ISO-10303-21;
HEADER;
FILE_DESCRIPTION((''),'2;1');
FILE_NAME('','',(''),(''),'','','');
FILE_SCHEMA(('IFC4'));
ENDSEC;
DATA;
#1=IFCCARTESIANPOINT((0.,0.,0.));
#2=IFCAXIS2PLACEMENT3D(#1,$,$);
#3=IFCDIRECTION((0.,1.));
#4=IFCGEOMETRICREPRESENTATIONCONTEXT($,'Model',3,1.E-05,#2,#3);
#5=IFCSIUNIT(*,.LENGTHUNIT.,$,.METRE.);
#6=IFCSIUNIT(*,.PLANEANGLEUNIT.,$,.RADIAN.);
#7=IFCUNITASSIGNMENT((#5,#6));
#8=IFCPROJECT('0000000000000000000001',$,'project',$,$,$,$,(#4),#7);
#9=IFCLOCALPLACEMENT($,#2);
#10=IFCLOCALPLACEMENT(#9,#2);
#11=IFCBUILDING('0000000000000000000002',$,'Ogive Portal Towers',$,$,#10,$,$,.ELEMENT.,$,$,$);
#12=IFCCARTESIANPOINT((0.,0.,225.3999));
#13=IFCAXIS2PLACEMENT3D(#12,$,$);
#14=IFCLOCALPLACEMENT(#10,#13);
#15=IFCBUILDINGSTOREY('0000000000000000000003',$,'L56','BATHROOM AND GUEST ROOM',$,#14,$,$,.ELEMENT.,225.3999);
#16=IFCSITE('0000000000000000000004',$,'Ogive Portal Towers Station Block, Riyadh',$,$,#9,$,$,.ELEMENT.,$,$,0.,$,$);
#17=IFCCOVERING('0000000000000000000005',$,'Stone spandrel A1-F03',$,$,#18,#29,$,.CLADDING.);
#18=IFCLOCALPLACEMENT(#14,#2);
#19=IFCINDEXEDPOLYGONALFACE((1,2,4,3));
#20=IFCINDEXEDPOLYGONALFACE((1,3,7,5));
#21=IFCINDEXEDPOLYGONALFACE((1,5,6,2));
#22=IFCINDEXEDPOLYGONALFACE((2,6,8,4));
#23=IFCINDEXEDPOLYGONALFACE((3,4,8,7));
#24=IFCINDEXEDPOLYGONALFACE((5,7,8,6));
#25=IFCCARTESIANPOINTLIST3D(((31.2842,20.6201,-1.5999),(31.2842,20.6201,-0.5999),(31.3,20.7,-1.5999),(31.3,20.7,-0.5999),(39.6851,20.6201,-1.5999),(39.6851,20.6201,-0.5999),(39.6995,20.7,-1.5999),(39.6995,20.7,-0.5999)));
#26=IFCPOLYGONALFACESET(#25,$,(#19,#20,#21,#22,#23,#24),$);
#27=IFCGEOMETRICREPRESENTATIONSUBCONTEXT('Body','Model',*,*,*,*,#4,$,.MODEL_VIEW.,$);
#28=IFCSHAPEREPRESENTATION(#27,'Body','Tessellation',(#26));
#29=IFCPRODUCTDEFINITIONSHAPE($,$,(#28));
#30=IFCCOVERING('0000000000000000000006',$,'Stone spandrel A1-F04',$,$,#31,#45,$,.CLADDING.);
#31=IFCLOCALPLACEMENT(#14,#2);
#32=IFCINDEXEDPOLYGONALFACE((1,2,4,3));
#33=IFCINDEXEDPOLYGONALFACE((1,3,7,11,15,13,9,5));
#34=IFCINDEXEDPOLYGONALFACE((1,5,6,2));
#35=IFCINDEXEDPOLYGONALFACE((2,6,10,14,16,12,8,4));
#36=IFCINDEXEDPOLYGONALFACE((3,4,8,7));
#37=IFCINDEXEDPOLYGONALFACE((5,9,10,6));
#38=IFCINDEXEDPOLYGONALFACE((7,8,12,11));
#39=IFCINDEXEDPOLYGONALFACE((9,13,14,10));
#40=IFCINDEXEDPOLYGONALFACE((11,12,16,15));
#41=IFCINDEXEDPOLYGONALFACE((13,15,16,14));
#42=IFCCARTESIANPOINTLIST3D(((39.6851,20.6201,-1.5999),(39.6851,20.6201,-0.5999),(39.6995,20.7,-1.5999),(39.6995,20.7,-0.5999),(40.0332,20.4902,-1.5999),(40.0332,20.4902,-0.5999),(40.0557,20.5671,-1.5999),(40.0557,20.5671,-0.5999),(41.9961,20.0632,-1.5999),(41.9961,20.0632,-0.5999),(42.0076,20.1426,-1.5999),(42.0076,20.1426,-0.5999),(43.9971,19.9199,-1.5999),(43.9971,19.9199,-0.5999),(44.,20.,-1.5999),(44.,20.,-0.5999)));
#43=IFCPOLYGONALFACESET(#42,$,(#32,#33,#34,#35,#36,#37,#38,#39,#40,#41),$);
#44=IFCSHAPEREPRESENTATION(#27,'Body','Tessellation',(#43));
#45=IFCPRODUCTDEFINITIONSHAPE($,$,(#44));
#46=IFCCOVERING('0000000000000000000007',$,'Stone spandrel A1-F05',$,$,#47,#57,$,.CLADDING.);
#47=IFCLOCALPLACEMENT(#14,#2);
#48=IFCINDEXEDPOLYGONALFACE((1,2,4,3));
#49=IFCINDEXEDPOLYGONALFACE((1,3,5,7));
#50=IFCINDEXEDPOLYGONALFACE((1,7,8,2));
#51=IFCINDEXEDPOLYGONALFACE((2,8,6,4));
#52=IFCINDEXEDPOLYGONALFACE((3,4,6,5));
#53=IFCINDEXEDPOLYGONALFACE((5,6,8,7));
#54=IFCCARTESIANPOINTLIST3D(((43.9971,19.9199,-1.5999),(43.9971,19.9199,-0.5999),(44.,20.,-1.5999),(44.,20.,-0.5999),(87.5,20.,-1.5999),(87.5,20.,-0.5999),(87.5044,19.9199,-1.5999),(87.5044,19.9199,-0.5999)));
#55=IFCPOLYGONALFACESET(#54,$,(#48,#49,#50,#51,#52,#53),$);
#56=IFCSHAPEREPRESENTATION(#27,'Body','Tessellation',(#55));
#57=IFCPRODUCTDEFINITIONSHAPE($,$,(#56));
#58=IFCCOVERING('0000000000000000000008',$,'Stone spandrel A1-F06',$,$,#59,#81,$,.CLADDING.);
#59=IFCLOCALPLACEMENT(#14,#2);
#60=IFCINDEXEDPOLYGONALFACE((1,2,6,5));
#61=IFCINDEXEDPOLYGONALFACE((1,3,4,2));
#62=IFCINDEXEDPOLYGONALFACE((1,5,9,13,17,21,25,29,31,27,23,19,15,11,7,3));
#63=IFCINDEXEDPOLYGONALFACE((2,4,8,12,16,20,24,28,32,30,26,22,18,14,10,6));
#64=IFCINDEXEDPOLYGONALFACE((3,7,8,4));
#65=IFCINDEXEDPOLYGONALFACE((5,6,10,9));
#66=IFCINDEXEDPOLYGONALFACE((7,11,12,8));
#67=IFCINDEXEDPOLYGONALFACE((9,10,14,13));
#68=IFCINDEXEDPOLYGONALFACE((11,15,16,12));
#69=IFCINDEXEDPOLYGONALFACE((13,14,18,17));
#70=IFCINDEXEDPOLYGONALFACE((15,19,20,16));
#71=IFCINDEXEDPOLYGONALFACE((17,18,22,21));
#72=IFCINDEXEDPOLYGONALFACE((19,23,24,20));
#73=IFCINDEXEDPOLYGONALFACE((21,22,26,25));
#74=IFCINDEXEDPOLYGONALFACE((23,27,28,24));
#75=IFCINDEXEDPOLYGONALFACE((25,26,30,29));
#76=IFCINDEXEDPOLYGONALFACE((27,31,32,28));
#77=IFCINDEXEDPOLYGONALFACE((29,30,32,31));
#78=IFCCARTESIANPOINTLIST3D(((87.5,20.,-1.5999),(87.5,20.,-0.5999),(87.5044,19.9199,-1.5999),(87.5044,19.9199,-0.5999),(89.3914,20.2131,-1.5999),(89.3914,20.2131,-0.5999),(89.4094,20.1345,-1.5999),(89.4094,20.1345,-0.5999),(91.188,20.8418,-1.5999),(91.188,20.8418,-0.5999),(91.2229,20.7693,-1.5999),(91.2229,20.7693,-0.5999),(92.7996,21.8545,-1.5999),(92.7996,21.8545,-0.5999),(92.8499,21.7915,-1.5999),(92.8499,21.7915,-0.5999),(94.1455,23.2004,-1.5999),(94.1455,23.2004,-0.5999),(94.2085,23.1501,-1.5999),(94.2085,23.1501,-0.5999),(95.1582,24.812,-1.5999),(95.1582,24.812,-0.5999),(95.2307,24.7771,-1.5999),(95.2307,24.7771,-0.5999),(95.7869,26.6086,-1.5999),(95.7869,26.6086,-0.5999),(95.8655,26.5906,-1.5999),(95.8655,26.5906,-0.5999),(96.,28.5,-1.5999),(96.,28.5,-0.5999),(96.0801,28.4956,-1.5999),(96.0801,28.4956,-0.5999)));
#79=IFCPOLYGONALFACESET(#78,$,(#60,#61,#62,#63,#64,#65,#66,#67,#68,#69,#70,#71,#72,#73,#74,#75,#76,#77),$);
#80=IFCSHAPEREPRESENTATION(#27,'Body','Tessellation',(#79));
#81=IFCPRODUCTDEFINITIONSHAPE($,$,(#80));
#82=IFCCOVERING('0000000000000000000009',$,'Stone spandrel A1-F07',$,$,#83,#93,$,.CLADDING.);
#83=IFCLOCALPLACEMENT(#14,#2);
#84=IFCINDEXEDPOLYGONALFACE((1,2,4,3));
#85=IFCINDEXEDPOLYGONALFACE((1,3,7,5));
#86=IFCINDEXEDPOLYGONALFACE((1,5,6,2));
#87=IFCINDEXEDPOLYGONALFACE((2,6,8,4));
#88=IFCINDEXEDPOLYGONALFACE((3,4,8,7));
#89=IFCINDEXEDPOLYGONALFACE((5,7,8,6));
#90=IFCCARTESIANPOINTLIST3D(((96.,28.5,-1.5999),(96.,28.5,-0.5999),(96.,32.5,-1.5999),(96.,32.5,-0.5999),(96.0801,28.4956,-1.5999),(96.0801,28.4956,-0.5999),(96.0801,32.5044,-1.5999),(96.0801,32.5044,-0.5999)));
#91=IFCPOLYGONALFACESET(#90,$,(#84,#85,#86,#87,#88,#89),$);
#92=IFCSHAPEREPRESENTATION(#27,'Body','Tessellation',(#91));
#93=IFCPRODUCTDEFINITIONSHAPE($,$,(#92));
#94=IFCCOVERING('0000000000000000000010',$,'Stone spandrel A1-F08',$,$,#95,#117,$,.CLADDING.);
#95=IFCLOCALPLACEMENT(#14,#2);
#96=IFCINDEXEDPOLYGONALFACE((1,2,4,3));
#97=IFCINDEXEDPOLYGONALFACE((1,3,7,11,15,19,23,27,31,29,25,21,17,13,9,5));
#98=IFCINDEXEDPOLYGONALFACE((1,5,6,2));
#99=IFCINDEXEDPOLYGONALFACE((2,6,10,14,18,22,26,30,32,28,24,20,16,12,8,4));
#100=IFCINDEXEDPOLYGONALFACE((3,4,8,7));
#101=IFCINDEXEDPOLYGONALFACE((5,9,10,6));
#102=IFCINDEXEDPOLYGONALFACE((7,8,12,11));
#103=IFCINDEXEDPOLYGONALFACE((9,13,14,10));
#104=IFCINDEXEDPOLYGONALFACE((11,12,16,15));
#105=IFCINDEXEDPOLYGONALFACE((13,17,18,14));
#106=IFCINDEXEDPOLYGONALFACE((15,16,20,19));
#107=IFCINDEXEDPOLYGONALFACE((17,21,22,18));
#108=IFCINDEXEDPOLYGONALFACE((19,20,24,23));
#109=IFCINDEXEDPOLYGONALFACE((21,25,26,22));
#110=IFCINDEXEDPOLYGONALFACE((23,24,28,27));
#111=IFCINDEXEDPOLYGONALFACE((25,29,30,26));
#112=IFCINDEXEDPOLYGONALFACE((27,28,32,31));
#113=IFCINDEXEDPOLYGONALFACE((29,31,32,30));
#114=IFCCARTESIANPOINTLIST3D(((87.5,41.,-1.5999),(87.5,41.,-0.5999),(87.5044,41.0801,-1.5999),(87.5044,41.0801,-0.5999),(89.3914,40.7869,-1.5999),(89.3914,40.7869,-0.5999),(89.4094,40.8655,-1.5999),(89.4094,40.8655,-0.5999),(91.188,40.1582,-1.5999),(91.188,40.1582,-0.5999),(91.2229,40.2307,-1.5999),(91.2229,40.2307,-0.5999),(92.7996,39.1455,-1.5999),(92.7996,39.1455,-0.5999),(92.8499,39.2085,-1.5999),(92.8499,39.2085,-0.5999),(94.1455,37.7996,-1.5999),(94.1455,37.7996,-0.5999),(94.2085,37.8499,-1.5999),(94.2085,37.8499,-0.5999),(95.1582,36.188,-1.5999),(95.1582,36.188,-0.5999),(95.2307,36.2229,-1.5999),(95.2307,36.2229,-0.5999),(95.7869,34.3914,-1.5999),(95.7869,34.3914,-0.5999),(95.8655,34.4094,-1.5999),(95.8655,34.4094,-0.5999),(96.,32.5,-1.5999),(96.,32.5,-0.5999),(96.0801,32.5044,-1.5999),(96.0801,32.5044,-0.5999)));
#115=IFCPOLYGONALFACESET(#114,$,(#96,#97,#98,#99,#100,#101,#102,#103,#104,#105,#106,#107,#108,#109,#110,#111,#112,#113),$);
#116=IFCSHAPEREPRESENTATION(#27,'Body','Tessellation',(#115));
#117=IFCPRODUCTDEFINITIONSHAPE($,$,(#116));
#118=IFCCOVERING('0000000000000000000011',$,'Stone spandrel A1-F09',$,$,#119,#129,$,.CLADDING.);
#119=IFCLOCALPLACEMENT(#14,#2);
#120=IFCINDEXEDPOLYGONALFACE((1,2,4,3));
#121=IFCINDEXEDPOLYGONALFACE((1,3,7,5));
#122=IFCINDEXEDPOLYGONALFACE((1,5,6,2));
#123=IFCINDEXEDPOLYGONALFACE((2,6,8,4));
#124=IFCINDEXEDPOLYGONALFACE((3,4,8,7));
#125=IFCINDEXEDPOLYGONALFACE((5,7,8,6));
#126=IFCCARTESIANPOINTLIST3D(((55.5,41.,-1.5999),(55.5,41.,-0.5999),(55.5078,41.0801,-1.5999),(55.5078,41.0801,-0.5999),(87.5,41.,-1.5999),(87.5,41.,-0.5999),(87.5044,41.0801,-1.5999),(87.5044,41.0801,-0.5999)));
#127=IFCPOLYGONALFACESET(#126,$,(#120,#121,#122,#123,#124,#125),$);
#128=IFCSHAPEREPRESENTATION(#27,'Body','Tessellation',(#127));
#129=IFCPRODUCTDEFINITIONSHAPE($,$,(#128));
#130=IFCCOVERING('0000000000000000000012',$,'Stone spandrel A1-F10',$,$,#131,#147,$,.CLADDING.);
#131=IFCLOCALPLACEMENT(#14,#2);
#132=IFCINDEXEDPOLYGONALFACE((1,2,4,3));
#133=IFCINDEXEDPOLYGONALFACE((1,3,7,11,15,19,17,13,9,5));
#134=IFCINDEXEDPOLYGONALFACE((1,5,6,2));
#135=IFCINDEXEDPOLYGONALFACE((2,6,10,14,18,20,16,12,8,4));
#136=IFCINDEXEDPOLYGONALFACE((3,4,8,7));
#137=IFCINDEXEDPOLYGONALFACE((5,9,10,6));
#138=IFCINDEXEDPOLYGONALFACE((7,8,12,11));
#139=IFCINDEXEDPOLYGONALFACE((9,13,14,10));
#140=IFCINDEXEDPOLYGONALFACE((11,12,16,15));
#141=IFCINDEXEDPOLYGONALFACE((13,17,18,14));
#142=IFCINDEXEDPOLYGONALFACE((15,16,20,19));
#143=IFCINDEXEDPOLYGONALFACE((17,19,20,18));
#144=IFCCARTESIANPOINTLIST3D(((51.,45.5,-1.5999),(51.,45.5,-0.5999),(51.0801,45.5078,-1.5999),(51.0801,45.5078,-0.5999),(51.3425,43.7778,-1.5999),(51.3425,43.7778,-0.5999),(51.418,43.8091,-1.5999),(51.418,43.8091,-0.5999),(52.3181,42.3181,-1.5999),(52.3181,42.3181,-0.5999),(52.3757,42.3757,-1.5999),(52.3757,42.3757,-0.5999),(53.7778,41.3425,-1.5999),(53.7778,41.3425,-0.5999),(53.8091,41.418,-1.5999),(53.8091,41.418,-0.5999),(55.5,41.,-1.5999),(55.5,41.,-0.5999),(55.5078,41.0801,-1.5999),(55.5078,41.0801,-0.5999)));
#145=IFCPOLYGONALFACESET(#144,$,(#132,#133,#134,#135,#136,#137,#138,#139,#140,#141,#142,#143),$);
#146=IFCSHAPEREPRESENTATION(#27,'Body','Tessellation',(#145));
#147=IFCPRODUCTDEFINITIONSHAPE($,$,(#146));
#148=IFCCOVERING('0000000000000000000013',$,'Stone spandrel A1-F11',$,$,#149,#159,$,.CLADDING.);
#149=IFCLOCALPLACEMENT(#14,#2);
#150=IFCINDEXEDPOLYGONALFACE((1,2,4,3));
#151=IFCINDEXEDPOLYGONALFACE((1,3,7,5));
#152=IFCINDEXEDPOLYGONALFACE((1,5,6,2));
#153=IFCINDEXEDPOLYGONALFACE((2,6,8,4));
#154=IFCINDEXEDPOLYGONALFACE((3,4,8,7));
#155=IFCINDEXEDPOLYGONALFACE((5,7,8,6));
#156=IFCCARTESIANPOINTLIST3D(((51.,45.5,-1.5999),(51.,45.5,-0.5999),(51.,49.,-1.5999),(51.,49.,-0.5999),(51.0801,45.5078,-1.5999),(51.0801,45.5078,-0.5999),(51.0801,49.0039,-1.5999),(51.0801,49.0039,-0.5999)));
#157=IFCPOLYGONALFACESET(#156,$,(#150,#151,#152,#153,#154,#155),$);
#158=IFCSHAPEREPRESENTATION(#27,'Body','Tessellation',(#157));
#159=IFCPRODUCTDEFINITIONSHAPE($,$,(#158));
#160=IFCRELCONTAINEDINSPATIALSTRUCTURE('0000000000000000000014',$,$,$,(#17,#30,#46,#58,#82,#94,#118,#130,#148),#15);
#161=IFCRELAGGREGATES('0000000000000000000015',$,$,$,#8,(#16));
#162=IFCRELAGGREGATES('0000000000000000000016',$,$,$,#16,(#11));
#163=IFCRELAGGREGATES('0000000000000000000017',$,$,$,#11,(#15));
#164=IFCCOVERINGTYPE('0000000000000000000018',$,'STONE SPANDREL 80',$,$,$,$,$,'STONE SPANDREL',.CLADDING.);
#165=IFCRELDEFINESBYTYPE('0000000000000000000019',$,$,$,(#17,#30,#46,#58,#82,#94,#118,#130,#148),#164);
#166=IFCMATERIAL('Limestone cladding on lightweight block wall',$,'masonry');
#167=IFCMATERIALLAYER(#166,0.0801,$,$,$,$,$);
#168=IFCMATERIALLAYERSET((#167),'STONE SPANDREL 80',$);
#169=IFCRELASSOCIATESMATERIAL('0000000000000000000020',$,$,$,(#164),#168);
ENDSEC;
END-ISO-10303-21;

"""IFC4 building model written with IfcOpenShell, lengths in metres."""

from ifc_helpers import new_model, si_unit, direction, frame, origin, place, context, subcontext, project, spatial, polyline, outline, extrude, material, layer, layer_set, type_object, element, save


model = new_model("IFC4")

# Units and contexts
model_context = context("Model", 3, precision=1e-05, world=origin(), true_north=direction((0.0, 1.0)))
body_context = subcontext(model_context, "Body", "Model", "MODEL_VIEW")
ifc_project = project(units=[si_unit("LENGTHUNIT", "METRE"), si_unit("PLANEANGLEUNIT", "RADIAN")], contexts=[model_context])

# Site, building, storey
site_placement = place(None, origin())
site = spatial("IfcSite", under=ifc_project, at=site_placement, Name="Ogive Portal Towers Station Block, Riyadh", CompositionType="ELEMENT", RefElevation=0.0)
building_placement = place(site_placement, origin())
building = spatial("IfcBuilding", under=site, at=building_placement, Name="Ogive Portal Towers", CompositionType="ELEMENT")
storey_placement = place(building_placement, frame((0.0, 0.0, 225.3999)))
storey = spatial("IfcBuildingStorey", under=building, at=storey_placement, Name="L56", Description="BATHROOM AND GUEST ROOM", CompositionType="ELEMENT", Elevation=225.3999)

# Coverings
ifc_material_1 = material(Name="Limestone cladding on lightweight block wall", Category="masonry")
ifc_layer_1 = layer(ifc_material_1, 0.0801)
ifc_layer_set_1 = layer_set([ifc_layer_1], Name="STONE SPANDREL 80")
covering_type_1 = type_object("IfcCoveringType", Name="STONE SPANDREL 80", ElementType="STONE SPANDREL", PredefinedType="CLADDING", material=ifc_layer_set_1)
covering_1_placement = place(storey_placement, frame((0.0, 0.0, -1.5999)))
element("IfcCovering", 1, at=covering_1_placement, inside=storey, type_object=covering_type_1, Name="Stone spandrel A1-F03", PredefinedType="CLADDING", context=body_context, shape_type="SweptSolid", body=[
    extrude(outline(polyline([(31.3, 20.7), (39.6995, 20.7), (39.6851, 20.6201), (31.2842, 20.6201), (31.3, 20.7)])), origin(), (0.0, 0.0, 1.0), 1.0),
])
covering_2_placement = place(storey_placement, frame((0.0, 0.0, -1.5999)))
element("IfcCovering", 2, at=covering_2_placement, inside=storey, type_object=covering_type_1, Name="Stone spandrel A1-F04", PredefinedType="CLADDING", context=body_context, shape_type="SweptSolid", body=[
    extrude(outline(polyline([(39.6995, 20.7), (40.0557, 20.5671), (42.0076, 20.1426), (44.0, 20.0), (43.9971, 19.9199), (41.9961, 20.0632), (40.0332, 20.4902), (39.6851, 20.6201), (39.6995, 20.7)])), origin(), (0.0, 0.0, 1.0), 1.0),
])
covering_3_placement = place(storey_placement, frame((0.0, 0.0, -1.5999)))
element("IfcCovering", 3, at=covering_3_placement, inside=storey, type_object=covering_type_1, Name="Stone spandrel A1-F05", PredefinedType="CLADDING", context=body_context, shape_type="SweptSolid", body=[
    extrude(outline(polyline([(44.0, 20.0), (87.5, 20.0), (87.5044, 19.9199), (43.9971, 19.9199), (44.0, 20.0)])), origin(), (0.0, 0.0, 1.0), 1.0),
])
covering_4_placement = place(storey_placement, frame((0.0, 0.0, -1.5999)))
element("IfcCovering", 4, at=covering_4_placement, inside=storey, type_object=covering_type_1, Name="Stone spandrel A1-F06", PredefinedType="CLADDING", context=body_context, shape_type="SweptSolid", body=[
    extrude(outline(polyline([(87.5, 20.0), (89.3914, 20.2131), (91.188, 20.8418), (92.7996, 21.8545), (94.1455, 23.2004), (95.1582, 24.812), (95.7869, 26.6086), (96.0, 28.5), (96.0801, 28.4956), (95.8655, 26.5906), (95.2307, 24.7771), (94.2085, 23.1501), (92.8499, 21.7915), (91.2229, 20.7693), (89.4094, 20.1345), (87.5044, 19.9199), (87.5, 20.0)])), origin(), (0.0, 0.0, 1.0), 1.0),
])
covering_5_placement = place(storey_placement, frame((0.0, 0.0, -1.5999)))
element("IfcCovering", 5, at=covering_5_placement, inside=storey, type_object=covering_type_1, Name="Stone spandrel A1-F07", PredefinedType="CLADDING", context=body_context, shape_type="SweptSolid", body=[
    extrude(outline(polyline([(96.0, 28.5), (96.0, 32.5), (96.0801, 32.5044), (96.0801, 28.4956), (96.0, 28.5)])), origin(), (0.0, 0.0, 1.0), 1.0),
])
covering_6_placement = place(storey_placement, frame((0.0, 0.0, -1.5999)))
element("IfcCovering", 6, at=covering_6_placement, inside=storey, type_object=covering_type_1, Name="Stone spandrel A1-F08", PredefinedType="CLADDING", context=body_context, shape_type="SweptSolid", body=[
    extrude(outline(polyline([(96.0, 32.5), (95.7869, 34.3914), (95.1582, 36.188), (94.1455, 37.7996), (92.7996, 39.1455), (91.188, 40.1582), (89.3914, 40.7869), (87.5, 41.0), (87.5044, 41.0801), (89.4094, 40.8655), (91.2229, 40.2307), (92.8499, 39.2085), (94.2085, 37.8499), (95.2307, 36.2229), (95.8655, 34.4094), (96.0801, 32.5044), (96.0, 32.5)])), origin(), (0.0, 0.0, 1.0), 1.0),
])
covering_7_placement = place(storey_placement, frame((0.0, 0.0, -1.5999)))
element("IfcCovering", 7, at=covering_7_placement, inside=storey, type_object=covering_type_1, Name="Stone spandrel A1-F09", PredefinedType="CLADDING", context=body_context, shape_type="SweptSolid", body=[
    extrude(outline(polyline([(87.5, 41.0), (55.5, 41.0), (55.5078, 41.0801), (87.5044, 41.0801), (87.5, 41.0)])), origin(), (0.0, 0.0, 1.0), 1.0),
])
covering_8_placement = place(storey_placement, frame((0.0, 0.0, -1.5999)))
element("IfcCovering", 8, at=covering_8_placement, inside=storey, type_object=covering_type_1, Name="Stone spandrel A1-F10", PredefinedType="CLADDING", context=body_context, shape_type="SweptSolid", body=[
    extrude(outline(polyline([(55.5, 41.0), (53.7778, 41.3425), (52.3181, 42.3181), (51.3425, 43.7778), (51.0, 45.5), (51.0801, 45.5078), (51.418, 43.8091), (52.3757, 42.3757), (53.8091, 41.418), (55.5078, 41.0801), (55.5, 41.0)])), origin(), (0.0, 0.0, 1.0), 1.0),
])
covering_9_placement = place(storey_placement, frame((0.0, 0.0, -1.5999)))
element("IfcCovering", 9, at=covering_9_placement, inside=storey, type_object=covering_type_1, Name="Stone spandrel A1-F11", PredefinedType="CLADDING", context=body_context, shape_type="SweptSolid", body=[
    extrude(outline(polyline([(51.0, 45.5), (51.0, 49.0), (51.0801, 49.0039), (51.0801, 45.5078), (51.0, 45.5)])), origin(), (0.0, 0.0, 1.0), 1.0),
])

save(model, "model.ifc")
